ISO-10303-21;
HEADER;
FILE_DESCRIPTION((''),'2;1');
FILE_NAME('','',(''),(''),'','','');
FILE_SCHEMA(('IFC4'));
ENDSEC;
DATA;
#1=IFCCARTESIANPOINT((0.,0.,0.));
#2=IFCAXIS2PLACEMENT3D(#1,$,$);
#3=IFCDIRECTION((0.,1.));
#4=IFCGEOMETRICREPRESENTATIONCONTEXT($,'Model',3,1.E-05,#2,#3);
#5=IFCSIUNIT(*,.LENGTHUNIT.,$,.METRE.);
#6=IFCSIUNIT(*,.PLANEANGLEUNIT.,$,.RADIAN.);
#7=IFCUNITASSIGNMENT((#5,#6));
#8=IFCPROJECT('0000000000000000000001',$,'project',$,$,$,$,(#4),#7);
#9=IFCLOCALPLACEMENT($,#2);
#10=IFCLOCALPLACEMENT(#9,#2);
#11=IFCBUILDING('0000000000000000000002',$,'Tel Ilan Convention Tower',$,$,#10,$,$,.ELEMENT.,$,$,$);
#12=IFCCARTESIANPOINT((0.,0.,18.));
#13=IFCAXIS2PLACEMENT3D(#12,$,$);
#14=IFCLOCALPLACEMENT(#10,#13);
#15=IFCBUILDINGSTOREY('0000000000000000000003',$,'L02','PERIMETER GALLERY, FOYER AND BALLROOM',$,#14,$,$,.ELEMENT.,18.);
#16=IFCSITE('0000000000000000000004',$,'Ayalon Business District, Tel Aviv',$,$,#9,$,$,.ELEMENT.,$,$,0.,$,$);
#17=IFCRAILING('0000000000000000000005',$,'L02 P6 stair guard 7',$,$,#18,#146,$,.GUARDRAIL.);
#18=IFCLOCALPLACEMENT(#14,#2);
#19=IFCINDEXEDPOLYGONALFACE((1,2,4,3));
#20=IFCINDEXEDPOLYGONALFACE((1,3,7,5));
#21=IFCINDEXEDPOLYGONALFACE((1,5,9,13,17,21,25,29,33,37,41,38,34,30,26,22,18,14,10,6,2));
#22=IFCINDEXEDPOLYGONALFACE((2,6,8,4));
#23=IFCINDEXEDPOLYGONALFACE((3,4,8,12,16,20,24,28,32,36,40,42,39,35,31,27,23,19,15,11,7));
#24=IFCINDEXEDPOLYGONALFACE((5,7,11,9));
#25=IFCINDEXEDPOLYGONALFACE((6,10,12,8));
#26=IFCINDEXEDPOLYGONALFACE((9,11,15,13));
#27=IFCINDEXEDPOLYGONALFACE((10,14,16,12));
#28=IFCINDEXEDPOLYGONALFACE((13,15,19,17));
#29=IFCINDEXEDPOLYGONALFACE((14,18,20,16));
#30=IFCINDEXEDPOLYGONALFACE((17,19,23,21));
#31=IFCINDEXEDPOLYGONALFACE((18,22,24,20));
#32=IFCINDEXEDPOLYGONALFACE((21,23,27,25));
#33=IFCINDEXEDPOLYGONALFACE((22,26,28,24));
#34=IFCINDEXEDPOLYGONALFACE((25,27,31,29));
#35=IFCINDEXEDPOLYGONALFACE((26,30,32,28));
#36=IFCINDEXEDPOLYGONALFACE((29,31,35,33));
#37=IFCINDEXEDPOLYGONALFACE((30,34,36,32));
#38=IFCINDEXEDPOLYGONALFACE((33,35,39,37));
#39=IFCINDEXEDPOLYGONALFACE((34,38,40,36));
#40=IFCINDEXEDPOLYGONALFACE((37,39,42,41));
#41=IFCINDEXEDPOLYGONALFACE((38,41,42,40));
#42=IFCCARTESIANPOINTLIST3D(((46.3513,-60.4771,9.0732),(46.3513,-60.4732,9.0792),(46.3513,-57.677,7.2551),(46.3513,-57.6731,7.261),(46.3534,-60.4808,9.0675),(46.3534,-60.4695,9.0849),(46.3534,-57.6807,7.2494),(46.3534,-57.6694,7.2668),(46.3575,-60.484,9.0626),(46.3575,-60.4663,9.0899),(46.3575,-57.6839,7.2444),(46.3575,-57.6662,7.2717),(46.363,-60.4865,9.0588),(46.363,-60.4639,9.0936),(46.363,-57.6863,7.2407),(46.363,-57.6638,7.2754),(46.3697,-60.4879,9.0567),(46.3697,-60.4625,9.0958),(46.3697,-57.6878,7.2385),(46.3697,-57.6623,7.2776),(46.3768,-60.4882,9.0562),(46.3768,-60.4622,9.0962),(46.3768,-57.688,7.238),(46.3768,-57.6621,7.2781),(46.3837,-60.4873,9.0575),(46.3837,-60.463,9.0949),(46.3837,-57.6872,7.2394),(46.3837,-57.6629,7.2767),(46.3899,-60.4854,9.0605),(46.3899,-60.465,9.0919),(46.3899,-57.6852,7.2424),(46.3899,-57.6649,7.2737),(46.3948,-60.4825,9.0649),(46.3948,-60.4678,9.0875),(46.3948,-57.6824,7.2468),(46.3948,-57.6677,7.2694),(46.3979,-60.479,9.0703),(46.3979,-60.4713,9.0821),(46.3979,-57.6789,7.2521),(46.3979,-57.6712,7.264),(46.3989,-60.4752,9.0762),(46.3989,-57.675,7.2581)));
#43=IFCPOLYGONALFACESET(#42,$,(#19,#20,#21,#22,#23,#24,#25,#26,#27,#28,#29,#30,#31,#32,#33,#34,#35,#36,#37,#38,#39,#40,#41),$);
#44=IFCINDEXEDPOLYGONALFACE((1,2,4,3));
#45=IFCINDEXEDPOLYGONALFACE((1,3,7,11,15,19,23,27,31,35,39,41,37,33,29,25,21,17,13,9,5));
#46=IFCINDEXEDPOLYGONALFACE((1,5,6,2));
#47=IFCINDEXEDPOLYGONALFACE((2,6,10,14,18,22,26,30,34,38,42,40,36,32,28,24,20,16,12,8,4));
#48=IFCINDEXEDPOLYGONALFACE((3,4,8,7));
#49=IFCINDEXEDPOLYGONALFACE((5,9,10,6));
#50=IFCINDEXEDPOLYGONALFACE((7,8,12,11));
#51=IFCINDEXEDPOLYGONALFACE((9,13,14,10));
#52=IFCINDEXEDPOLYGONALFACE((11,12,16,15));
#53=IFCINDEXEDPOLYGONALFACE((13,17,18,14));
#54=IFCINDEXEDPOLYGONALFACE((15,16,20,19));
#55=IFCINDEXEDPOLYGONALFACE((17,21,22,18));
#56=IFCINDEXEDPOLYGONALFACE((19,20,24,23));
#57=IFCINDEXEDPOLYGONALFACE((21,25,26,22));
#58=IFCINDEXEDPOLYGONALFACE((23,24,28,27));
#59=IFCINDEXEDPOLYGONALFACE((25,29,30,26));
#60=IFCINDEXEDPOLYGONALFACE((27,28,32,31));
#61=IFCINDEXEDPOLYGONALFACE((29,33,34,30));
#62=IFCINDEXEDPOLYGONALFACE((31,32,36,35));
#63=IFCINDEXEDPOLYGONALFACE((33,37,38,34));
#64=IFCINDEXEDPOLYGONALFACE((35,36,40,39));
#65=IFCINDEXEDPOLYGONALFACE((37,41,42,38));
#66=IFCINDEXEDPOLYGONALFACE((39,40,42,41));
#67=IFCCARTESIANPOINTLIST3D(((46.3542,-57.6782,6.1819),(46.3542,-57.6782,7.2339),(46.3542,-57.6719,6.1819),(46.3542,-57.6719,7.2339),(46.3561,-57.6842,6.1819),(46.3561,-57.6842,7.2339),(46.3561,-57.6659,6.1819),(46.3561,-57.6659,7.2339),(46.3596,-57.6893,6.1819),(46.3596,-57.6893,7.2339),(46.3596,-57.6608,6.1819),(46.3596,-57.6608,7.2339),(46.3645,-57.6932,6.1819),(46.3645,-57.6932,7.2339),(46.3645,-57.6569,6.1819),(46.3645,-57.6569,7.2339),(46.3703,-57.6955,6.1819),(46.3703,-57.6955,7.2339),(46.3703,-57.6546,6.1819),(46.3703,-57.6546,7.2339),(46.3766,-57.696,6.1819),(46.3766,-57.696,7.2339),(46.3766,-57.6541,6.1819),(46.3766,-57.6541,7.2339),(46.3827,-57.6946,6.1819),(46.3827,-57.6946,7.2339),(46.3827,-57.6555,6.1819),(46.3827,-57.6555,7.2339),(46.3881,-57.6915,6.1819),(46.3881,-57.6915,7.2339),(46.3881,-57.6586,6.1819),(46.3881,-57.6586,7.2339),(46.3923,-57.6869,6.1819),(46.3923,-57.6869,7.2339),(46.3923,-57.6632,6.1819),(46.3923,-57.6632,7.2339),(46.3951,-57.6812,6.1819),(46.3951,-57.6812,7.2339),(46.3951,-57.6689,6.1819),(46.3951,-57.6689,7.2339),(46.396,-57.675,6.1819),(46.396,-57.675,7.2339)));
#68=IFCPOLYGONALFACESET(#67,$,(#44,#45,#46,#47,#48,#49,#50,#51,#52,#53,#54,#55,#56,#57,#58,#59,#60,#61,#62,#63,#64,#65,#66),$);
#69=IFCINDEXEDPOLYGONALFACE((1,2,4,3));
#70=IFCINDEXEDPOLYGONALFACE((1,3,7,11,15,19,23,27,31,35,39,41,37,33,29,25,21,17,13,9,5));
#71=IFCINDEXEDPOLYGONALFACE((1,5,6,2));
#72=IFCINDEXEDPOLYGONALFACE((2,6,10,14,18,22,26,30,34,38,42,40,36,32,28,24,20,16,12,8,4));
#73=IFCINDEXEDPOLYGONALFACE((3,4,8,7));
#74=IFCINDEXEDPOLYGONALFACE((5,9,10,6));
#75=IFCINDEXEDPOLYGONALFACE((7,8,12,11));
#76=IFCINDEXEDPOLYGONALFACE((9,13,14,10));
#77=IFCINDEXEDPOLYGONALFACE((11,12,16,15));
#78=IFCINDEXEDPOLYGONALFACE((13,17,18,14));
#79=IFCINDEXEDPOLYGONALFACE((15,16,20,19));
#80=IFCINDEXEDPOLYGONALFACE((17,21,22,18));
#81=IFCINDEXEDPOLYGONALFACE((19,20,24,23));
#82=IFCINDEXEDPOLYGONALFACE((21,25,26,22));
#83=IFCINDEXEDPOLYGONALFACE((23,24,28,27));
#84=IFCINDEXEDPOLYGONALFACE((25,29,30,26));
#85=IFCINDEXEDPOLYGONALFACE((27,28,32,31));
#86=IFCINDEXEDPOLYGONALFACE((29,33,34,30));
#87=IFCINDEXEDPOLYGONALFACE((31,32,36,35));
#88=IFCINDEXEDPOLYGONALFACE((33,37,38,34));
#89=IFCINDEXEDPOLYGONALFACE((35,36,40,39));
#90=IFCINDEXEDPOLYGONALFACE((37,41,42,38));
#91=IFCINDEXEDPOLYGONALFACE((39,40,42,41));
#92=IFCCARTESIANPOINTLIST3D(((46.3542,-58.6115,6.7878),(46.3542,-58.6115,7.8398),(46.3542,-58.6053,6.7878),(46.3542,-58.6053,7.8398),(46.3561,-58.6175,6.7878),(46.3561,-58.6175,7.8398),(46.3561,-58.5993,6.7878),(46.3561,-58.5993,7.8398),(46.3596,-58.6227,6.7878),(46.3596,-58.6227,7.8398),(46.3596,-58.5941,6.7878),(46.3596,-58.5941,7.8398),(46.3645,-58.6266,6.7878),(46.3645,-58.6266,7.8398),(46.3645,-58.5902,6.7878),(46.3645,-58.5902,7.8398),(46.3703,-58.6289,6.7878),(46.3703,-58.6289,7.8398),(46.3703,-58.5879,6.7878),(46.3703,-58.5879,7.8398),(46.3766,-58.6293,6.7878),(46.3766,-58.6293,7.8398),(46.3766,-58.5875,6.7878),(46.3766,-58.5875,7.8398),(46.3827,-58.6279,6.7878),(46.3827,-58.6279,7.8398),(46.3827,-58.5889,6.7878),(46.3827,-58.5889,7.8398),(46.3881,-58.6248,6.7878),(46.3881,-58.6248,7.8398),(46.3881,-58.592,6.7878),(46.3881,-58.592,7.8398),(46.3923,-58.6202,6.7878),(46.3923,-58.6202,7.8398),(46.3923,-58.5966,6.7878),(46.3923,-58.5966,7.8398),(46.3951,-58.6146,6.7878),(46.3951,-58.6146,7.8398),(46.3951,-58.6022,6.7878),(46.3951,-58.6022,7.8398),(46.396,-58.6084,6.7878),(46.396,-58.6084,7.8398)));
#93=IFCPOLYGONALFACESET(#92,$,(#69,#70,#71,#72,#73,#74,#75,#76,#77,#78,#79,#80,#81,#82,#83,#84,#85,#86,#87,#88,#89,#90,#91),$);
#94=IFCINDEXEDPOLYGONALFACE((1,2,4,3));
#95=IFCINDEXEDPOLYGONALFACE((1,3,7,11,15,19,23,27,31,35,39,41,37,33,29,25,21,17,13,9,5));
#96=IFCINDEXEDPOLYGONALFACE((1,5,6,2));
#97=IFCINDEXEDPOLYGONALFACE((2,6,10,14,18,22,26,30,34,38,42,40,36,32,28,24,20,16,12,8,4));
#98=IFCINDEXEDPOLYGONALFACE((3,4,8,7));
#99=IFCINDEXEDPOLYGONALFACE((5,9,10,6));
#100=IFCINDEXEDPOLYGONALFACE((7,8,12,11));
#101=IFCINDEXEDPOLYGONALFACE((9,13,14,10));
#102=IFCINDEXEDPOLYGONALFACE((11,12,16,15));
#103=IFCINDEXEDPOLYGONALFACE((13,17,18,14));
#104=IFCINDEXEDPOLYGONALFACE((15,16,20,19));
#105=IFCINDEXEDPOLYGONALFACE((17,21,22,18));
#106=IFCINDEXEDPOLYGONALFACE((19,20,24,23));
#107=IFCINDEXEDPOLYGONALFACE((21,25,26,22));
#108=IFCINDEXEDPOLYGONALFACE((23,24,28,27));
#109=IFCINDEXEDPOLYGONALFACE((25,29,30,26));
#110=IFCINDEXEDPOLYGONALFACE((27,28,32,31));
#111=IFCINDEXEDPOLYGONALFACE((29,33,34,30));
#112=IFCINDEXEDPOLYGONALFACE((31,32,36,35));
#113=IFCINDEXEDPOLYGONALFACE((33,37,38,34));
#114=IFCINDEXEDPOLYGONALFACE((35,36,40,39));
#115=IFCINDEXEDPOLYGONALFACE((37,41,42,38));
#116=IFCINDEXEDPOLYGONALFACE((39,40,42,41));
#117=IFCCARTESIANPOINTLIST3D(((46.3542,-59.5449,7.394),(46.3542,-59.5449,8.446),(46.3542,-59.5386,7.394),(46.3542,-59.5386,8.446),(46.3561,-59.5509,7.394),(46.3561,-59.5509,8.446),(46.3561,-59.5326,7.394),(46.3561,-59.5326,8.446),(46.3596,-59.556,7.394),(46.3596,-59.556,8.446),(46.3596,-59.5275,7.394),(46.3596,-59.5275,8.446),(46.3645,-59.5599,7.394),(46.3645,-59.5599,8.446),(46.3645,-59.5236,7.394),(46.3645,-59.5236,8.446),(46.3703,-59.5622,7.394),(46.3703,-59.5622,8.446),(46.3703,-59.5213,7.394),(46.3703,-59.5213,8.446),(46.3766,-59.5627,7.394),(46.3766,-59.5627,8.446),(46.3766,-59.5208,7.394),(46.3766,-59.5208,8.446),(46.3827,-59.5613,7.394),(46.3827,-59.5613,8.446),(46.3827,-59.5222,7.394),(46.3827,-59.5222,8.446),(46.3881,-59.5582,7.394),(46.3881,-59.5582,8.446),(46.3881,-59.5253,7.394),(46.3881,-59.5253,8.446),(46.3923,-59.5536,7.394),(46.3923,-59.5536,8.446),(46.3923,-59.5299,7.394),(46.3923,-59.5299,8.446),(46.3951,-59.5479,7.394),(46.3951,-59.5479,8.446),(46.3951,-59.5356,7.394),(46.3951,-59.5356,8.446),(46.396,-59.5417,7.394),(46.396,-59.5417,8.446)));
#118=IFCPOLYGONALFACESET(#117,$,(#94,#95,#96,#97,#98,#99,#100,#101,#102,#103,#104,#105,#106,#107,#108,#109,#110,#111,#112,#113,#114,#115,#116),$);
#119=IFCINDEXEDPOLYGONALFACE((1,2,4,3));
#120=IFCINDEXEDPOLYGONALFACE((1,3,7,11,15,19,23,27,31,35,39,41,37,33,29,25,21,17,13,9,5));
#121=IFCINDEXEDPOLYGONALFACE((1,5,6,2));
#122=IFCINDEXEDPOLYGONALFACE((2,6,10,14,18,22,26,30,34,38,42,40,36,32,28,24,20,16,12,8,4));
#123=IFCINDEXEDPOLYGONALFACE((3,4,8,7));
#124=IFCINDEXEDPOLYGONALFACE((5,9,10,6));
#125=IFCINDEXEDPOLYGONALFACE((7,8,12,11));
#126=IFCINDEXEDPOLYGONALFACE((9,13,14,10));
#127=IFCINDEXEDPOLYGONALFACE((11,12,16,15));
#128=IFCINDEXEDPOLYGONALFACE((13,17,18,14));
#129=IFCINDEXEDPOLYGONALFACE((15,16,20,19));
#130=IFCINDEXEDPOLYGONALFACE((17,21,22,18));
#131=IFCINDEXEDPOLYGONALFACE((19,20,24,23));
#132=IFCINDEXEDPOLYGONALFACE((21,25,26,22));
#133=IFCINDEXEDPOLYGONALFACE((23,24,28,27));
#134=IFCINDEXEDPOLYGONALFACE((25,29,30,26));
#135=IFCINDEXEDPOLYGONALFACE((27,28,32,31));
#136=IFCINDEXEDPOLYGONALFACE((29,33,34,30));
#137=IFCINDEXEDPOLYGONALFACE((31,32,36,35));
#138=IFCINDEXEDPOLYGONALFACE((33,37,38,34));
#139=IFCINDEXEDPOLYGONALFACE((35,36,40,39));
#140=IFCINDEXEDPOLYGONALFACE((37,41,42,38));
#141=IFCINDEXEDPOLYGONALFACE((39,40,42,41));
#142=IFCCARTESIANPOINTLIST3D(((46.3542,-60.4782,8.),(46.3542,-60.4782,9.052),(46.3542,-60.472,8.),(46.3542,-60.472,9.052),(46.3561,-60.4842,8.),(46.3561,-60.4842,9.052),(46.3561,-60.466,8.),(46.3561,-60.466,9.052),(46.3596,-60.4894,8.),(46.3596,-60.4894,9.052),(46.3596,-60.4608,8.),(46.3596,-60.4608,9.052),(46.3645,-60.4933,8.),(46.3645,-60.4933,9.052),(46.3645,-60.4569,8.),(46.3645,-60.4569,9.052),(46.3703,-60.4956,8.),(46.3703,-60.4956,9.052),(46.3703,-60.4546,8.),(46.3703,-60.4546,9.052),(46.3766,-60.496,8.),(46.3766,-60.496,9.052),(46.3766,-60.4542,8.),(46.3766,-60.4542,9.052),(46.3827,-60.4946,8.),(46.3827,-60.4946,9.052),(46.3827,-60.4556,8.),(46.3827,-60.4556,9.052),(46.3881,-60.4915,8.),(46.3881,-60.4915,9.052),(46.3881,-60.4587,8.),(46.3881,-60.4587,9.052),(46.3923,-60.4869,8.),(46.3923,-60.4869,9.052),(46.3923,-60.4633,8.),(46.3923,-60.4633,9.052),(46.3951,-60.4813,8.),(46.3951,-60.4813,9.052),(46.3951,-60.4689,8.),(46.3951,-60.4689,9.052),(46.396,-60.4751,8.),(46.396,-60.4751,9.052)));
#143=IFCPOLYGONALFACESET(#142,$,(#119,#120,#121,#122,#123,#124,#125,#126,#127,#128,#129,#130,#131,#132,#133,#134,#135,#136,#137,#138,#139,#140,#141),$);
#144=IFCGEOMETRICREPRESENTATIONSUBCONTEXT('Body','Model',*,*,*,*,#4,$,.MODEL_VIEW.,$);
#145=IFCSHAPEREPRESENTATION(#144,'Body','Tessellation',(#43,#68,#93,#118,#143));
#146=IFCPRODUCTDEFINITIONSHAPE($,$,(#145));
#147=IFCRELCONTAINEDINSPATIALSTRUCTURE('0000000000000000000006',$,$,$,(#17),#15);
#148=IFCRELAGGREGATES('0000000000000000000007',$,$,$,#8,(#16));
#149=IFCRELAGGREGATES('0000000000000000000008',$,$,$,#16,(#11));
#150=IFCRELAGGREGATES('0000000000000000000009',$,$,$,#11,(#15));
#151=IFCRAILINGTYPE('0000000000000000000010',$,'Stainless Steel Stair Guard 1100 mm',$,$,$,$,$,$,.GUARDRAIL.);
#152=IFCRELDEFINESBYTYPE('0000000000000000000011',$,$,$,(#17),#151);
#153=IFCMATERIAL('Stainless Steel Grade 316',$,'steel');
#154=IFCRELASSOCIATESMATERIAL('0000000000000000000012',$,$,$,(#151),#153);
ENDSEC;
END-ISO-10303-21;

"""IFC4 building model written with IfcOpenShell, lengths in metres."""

from ifc_helpers import new_model, si_unit, direction, frame, origin, origin_2d, place, context, subcontext, project, spatial, circle, extrude, material, type_object, element, save


model = new_model("IFC4")

# Units and contexts
model_context = context("Model", 3, precision=1e-05, world=origin(), true_north=direction((0.0, 1.0)))
body_context = subcontext(model_context, "Body", "Model", "MODEL_VIEW")
ifc_project = project(units=[si_unit("LENGTHUNIT", "METRE"), si_unit("PLANEANGLEUNIT", "RADIAN")], contexts=[model_context])

# Site, building, storey
site_placement = place(None, origin())
site = spatial("IfcSite", under=ifc_project, at=site_placement, Name="Ayalon Business District, Tel Aviv", CompositionType="ELEMENT", RefElevation=0.0)
building_placement = place(site_placement, origin())
building = spatial("IfcBuilding", under=site, at=building_placement, Name="Tel Ilan Convention Tower", CompositionType="ELEMENT")
storey_placement = place(building_placement, frame((0.0, 0.0, 18.0)))
storey = spatial("IfcBuildingStorey", under=building, at=storey_placement, Name="L02", Description="PERIMETER GALLERY, FOYER AND BALLROOM", CompositionType="ELEMENT", Elevation=18.0)

# Railing
ifc_material_1 = material(Name="Stainless Steel Grade 316", Category="steel")
railing_type_1 = type_object("IfcRailingType", Name="Stainless Steel Stair Guard 1100 mm", PredefinedType="GUARDRAIL", material=ifc_material_1)
railing_1_placement = place(storey_placement, frame((46.375, -57.675, 6.1819)))
element("IfcRailing", 1, at=railing_1_placement, inside=storey, type_object=railing_type_1, Name="L02 P6 stair guard 7", PredefinedType="GUARDRAIL", context=body_context, shape_type="SweptSolid", body=[
    extrude(circle(Radius=0.0239, at=origin_2d()), frame((0.0, 0.0, 1.0762), z_axis=(0.0, -0.838706, 0.544585), x_axis=(1.0, 0.0, 0.0)), (0.0, 0.0, 1.0), 3.3386),
    extrude(circle(Radius=0.021, at=origin_2d()), origin(), (0.0, 0.0, 1.0), 1.052),
    extrude(circle(Radius=0.021, at=origin_2d()), frame((0.0, -0.9333, 0.606)), (0.0, 0.0, 1.0), 1.052),
    extrude(circle(Radius=0.021, at=origin_2d()), frame((0.0, -1.8667, 1.2122)), (0.0, 0.0, 1.0), 1.052),
    extrude(circle(Radius=0.021, at=origin_2d()), frame((0.0, -2.8, 1.8181)), (0.0, 0.0, 1.0), 1.052),
])

save(model, "model.ifc")
